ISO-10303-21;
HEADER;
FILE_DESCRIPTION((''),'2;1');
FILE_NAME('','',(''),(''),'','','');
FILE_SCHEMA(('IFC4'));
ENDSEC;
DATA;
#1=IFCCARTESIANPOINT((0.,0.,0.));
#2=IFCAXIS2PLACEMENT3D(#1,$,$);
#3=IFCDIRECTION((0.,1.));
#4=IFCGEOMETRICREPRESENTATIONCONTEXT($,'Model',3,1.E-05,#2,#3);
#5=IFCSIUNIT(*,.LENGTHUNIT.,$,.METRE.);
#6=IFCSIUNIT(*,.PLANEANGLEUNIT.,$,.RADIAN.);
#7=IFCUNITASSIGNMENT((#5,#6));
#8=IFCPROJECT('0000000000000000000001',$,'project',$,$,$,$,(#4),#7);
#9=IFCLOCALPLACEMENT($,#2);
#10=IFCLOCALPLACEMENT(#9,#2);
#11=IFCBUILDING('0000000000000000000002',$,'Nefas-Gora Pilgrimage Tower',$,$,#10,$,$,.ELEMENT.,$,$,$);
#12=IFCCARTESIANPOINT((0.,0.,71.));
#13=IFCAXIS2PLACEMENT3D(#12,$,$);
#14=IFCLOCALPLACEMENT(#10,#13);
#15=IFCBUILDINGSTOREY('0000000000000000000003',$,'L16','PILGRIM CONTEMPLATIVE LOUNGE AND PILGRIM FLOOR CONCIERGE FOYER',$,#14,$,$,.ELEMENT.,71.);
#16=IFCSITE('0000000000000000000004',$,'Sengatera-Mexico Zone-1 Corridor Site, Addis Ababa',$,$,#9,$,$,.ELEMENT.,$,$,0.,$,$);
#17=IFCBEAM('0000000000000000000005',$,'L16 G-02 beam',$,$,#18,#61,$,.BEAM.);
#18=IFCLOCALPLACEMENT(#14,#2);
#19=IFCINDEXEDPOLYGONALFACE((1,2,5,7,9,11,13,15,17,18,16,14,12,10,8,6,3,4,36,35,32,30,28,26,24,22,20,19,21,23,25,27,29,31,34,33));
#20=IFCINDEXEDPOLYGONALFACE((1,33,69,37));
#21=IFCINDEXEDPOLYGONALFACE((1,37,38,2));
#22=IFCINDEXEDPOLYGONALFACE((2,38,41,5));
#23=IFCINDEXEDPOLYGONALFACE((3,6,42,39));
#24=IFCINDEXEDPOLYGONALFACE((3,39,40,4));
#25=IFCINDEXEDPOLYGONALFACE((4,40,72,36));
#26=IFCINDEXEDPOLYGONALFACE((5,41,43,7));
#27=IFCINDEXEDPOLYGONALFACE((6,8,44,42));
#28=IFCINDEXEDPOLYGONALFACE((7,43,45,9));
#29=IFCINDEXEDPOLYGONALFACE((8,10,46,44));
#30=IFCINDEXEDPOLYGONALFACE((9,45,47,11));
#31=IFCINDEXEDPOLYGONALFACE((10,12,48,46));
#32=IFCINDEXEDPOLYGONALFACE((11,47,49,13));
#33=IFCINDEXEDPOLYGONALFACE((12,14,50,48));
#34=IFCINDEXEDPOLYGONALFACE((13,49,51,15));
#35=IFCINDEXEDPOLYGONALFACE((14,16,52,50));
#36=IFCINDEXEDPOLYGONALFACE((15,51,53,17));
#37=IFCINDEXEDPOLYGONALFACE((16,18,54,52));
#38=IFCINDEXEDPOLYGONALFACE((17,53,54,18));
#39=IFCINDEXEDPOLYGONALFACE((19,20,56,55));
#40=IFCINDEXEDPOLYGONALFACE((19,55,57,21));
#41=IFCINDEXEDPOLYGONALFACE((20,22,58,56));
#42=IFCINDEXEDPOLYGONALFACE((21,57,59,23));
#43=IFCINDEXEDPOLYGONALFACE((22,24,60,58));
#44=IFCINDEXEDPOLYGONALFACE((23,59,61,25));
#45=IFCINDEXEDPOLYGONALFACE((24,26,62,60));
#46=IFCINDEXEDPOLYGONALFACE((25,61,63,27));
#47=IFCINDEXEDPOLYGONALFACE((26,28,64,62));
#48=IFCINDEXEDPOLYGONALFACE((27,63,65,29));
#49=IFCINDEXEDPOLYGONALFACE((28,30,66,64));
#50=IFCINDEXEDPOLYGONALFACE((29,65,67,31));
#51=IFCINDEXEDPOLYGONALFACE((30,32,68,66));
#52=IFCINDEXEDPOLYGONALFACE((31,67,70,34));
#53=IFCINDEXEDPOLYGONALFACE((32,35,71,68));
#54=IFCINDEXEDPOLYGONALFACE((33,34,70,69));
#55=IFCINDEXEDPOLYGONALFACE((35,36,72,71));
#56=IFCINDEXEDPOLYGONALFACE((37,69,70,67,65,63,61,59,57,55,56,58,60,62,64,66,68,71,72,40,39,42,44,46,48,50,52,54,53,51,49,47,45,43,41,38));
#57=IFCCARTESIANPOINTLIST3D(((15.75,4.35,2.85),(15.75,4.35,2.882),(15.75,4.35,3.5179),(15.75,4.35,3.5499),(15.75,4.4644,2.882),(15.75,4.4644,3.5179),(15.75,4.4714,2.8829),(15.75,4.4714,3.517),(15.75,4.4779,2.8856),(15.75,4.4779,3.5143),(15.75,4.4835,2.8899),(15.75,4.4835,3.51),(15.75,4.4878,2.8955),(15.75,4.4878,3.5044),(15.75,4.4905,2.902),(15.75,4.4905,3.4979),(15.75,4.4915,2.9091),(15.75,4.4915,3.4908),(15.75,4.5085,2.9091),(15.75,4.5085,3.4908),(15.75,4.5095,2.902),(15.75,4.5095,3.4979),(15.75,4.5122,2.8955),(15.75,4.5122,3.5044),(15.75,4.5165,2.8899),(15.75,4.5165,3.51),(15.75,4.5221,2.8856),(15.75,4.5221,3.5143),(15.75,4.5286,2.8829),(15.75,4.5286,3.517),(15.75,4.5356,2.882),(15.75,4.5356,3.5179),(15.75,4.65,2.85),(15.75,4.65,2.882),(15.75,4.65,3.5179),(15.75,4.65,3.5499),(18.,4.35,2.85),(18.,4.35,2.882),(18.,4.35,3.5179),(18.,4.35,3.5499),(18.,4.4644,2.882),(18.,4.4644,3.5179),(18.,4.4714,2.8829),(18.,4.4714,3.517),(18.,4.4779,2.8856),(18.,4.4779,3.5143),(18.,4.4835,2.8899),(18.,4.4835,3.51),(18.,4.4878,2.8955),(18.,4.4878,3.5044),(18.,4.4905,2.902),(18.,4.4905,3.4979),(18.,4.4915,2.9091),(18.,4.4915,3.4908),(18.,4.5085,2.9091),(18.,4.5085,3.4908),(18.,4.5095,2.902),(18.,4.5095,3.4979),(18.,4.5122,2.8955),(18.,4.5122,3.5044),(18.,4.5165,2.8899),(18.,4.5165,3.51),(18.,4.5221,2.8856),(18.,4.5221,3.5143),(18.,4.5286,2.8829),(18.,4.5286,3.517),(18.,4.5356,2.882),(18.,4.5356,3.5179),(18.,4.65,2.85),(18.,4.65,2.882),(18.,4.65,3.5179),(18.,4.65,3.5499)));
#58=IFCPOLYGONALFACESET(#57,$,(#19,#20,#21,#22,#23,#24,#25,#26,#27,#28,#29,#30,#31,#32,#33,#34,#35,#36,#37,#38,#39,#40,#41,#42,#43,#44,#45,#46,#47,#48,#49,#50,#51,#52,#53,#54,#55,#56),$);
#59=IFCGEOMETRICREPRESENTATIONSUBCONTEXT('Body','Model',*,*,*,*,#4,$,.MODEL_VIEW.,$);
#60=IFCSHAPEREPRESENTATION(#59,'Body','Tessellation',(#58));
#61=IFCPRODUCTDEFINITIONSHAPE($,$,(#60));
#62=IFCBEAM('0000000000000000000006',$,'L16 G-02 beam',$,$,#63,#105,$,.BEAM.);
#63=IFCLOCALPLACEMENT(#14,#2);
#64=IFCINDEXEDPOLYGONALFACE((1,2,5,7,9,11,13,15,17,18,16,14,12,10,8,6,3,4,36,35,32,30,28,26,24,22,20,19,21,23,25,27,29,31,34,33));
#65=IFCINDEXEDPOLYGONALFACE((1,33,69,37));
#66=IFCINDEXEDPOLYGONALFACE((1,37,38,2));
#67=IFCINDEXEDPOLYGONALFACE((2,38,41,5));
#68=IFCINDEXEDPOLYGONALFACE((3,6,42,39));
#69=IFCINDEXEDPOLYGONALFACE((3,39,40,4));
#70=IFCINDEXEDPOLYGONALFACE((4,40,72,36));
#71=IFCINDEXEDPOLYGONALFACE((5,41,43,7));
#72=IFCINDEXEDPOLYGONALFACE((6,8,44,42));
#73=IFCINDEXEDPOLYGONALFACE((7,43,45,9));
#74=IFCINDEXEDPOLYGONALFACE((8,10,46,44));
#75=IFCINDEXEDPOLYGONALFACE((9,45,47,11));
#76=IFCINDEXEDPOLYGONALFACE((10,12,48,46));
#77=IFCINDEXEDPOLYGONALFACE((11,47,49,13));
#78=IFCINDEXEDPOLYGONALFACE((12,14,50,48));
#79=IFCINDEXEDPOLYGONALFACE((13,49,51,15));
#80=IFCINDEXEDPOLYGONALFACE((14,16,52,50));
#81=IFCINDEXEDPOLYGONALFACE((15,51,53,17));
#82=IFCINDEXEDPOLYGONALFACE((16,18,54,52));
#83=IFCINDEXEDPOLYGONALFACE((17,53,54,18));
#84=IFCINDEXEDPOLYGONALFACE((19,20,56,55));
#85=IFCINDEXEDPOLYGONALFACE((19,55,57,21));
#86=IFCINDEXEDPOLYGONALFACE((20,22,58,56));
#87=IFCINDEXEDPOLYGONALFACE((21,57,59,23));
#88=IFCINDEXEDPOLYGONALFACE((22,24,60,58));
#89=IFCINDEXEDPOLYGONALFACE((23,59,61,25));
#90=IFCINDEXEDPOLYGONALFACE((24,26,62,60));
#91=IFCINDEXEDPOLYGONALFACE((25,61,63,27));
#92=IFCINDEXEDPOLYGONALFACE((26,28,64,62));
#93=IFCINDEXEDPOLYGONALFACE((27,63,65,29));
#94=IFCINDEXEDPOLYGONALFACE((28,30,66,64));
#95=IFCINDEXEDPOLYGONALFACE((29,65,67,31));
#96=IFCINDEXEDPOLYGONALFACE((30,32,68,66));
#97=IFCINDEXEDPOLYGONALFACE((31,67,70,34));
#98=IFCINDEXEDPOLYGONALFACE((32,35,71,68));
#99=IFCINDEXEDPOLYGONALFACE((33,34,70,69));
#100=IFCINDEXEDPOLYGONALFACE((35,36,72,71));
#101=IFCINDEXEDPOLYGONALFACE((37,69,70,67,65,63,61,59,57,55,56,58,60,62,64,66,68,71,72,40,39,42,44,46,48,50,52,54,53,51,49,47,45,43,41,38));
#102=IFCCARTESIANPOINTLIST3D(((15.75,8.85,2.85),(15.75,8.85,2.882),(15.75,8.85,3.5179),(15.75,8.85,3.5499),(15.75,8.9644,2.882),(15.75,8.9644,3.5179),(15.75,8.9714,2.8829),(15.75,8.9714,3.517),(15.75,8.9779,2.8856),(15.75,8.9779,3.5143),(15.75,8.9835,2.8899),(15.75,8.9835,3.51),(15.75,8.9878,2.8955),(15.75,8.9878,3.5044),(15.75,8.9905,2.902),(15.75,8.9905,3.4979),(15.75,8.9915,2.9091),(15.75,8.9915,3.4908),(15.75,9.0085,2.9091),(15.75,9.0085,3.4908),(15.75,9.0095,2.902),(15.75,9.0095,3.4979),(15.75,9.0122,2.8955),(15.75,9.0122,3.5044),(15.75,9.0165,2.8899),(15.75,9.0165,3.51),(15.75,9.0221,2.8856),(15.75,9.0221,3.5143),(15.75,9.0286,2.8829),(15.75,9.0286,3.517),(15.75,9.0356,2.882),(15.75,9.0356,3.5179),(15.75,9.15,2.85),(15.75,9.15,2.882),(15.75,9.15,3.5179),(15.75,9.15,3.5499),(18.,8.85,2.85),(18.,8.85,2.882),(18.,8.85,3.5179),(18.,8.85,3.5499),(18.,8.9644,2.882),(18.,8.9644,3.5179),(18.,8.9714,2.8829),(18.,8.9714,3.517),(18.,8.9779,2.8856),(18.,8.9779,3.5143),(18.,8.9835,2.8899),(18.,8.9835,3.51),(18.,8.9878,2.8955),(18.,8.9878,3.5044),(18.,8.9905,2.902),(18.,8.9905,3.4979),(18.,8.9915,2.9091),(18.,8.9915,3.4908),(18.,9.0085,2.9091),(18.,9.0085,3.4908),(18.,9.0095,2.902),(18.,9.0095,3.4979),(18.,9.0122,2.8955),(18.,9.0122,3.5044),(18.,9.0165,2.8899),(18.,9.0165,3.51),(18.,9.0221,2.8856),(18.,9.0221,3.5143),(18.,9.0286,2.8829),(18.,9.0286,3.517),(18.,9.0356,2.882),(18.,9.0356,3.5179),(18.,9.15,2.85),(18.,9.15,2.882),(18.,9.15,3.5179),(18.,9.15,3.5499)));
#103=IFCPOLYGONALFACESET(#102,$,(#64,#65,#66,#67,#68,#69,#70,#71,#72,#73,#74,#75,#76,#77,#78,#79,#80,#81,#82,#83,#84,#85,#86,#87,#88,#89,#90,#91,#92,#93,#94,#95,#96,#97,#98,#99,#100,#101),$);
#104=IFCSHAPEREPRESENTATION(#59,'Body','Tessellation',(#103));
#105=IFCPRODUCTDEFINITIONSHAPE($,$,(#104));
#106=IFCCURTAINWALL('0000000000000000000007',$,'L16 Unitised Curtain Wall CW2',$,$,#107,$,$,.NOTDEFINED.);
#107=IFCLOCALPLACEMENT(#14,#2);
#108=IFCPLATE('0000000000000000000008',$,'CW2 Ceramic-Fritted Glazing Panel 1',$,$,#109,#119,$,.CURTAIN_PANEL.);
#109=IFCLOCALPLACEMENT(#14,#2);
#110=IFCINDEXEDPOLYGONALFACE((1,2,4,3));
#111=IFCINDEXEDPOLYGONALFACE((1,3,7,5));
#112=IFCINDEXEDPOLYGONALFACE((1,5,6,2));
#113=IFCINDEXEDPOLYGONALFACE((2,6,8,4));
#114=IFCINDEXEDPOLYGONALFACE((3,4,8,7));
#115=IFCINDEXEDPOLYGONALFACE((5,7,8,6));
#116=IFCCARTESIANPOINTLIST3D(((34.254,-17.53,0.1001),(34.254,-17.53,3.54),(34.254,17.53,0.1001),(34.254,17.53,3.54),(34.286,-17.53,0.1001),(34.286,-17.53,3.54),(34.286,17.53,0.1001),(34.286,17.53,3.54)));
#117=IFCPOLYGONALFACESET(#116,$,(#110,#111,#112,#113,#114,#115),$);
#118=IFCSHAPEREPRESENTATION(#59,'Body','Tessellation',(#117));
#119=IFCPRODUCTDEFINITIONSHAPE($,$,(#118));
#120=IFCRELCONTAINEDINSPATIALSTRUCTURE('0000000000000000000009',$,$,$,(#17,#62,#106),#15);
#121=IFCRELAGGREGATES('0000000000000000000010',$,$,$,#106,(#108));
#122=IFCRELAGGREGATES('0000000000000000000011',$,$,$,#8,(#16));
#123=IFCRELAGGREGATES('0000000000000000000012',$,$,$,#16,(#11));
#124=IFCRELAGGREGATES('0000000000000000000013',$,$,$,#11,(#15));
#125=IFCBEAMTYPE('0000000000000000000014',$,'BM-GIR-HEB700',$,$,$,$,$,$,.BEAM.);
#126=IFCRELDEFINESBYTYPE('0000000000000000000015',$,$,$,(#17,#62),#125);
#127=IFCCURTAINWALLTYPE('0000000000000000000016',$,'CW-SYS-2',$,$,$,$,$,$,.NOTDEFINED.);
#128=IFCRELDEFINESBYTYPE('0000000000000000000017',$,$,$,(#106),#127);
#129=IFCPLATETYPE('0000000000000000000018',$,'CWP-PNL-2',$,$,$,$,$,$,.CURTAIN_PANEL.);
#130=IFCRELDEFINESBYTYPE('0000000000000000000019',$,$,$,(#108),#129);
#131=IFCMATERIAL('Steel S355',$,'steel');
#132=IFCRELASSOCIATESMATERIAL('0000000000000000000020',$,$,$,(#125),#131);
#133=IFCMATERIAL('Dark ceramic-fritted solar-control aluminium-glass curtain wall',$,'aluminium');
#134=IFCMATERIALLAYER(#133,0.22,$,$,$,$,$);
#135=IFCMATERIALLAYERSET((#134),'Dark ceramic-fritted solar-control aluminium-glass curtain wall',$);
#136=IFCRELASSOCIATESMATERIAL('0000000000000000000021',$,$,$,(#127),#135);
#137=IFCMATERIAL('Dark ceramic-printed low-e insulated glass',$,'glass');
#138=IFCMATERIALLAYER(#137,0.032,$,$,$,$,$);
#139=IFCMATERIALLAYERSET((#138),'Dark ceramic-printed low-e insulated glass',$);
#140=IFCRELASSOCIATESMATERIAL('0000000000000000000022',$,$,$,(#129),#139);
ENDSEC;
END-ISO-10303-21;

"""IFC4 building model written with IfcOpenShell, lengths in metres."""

from ifc_helpers import new_model, si_unit, direction, frame, origin, origin_2d, place, context, subcontext, project, spatial, rectangle, i_section, extrude, source, transform, mapped, material, layer, layer_set, material_profile, profile_set, type_object, element, aggregate, save


model = new_model("IFC4")

# Units and contexts
model_context = context("Model", 3, precision=1e-05, world=origin(), true_north=direction((0.0, 1.0)))
body_context = subcontext(model_context, "Body", "Model", "MODEL_VIEW")
ifc_project = project(units=[si_unit("LENGTHUNIT", "METRE"), si_unit("PLANEANGLEUNIT", "RADIAN")], contexts=[model_context])

# Site, building, storey
site_placement = place(None, origin())
site = spatial("IfcSite", under=ifc_project, at=site_placement, Name="Sengatera-Mexico Zone-1 Corridor Site, Addis Ababa", CompositionType="ELEMENT", RefElevation=0.0)
building_placement = place(site_placement, origin())
building = spatial("IfcBuilding", under=site, at=building_placement, Name="Nefas-Gora Pilgrimage Tower", CompositionType="ELEMENT")
storey_placement = place(building_placement, frame((0.0, 0.0, 71.0)))
storey = spatial("IfcBuildingStorey", under=building, at=storey_placement, Name="L16", Description="PILGRIM CONTEMPLATIVE LOUNGE AND PILGRIM FLOOR CONCIERGE FOYER", CompositionType="ELEMENT", Elevation=71.0)

# Beams
ifc_material_1 = material(Name="Steel S355", Category="steel")
ifc_material_profile_1 = material_profile(ifc_material_1, i_section(OverallWidth=0.3, OverallDepth=0.7, WebThickness=0.0171, FlangeThickness=0.032, FilletRadius=0.0271, at=origin_2d()), Name="HEB 700")
ifc_profile_set_1 = profile_set([ifc_material_profile_1], Name="Steel S355")
beam_type_1 = type_object("IfcBeamType", Name="BM-GIR-HEB700", PredefinedType="BEAM", material=ifc_profile_set_1)
shared_shape_1 = source(origin(), body_context, "Body", "SweptSolid", [
    extrude(i_section(OverallWidth=0.3, OverallDepth=0.7, WebThickness=0.0171, FlangeThickness=0.032, FilletRadius=0.0271, at=origin_2d()), origin(), (0.0, 0.0, 1.0), 2.25),
])
for number, where, z_axis, x_axis, name in (
    (1, (15.75, 4.5, 3.2), (1.0, 0.0, 0.0), (0.0, 1.0, 0.0), "L16 G-02 beam"),
    (2, (15.75, 9.0, 3.2), (1.0, 0.0, 0.0), (0.0, 1.0, 0.0), "L16 G-02 beam"),
):
    element("IfcBeam", number, at=place(storey_placement, frame(where, z_axis=z_axis, x_axis=x_axis)), inside=storey, type_object=beam_type_1, Name=name, PredefinedType="BEAM", context=body_context, shape_type="MappedRepresentation", body=[
        mapped(shared_shape_1, transform((0.0, 0.0, 0.0), x_axis=(1.0, 0.0, 0.0), y_axis=(0.0, 1.0, 0.0), z_axis=(0.0, 0.0, 1.0), scale=1.0)),
    ])

# Curtain wall, plate
ifc_material_2 = material(Name="Dark ceramic-fritted solar-control aluminium-glass curtain wall", Category="aluminium")
ifc_layer_1 = layer(ifc_material_2, 0.22)
ifc_layer_set_1 = layer_set([ifc_layer_1], Name="Dark ceramic-fritted solar-control aluminium-glass curtain wall")
curtain_wall_type = type_object("IfcCurtainWallType", Name="CW-SYS-2", PredefinedType="NOTDEFINED", material=ifc_layer_set_1)
curtain_wall_placement = place(storey_placement, origin())
curtain_wall = element("IfcCurtainWall", 3, at=curtain_wall_placement, inside=storey, type_object=curtain_wall_type, Name="L16 Unitised Curtain Wall CW2", PredefinedType="NOTDEFINED")
ifc_material_3 = material(Name="Dark ceramic-printed low-e insulated glass", Category="glass")
ifc_layer_2 = layer(ifc_material_3, 0.032)
ifc_layer_set_2 = layer_set([ifc_layer_2], Name="Dark ceramic-printed low-e insulated glass")
plate_type = type_object("IfcPlateType", Name="CWP-PNL-2", PredefinedType="CURTAIN_PANEL", material=ifc_layer_set_2)
shared_shape_2 = source(origin(), body_context, "Body", "SweptSolid", [
    extrude(rectangle(XDim=35.0601, YDim=0.032, at=origin_2d()), origin(), (0.0, 0.0, 1.0), 3.4399),
])
plate_placement = place(storey_placement, frame((34.27, 0.0, 0.1001), z_axis=(0.0, 0.0, 1.0), x_axis=(0.0, 1.0, 0.0)))
plate = element("IfcPlate", 4, at=plate_placement, type_object=plate_type, Name="CW2 Ceramic-Fritted Glazing Panel 1", PredefinedType="CURTAIN_PANEL", context=body_context, shape_type="MappedRepresentation", body=[
    mapped(shared_shape_2, transform((0.0, 0.0, 0.0), x_axis=(1.0, 0.0, 0.0), y_axis=(0.0, 1.0, 0.0), z_axis=(0.0, 0.0, 1.0), scale=1.0)),
])
aggregate(curtain_wall, [plate])

save(model, "model.ifc")
